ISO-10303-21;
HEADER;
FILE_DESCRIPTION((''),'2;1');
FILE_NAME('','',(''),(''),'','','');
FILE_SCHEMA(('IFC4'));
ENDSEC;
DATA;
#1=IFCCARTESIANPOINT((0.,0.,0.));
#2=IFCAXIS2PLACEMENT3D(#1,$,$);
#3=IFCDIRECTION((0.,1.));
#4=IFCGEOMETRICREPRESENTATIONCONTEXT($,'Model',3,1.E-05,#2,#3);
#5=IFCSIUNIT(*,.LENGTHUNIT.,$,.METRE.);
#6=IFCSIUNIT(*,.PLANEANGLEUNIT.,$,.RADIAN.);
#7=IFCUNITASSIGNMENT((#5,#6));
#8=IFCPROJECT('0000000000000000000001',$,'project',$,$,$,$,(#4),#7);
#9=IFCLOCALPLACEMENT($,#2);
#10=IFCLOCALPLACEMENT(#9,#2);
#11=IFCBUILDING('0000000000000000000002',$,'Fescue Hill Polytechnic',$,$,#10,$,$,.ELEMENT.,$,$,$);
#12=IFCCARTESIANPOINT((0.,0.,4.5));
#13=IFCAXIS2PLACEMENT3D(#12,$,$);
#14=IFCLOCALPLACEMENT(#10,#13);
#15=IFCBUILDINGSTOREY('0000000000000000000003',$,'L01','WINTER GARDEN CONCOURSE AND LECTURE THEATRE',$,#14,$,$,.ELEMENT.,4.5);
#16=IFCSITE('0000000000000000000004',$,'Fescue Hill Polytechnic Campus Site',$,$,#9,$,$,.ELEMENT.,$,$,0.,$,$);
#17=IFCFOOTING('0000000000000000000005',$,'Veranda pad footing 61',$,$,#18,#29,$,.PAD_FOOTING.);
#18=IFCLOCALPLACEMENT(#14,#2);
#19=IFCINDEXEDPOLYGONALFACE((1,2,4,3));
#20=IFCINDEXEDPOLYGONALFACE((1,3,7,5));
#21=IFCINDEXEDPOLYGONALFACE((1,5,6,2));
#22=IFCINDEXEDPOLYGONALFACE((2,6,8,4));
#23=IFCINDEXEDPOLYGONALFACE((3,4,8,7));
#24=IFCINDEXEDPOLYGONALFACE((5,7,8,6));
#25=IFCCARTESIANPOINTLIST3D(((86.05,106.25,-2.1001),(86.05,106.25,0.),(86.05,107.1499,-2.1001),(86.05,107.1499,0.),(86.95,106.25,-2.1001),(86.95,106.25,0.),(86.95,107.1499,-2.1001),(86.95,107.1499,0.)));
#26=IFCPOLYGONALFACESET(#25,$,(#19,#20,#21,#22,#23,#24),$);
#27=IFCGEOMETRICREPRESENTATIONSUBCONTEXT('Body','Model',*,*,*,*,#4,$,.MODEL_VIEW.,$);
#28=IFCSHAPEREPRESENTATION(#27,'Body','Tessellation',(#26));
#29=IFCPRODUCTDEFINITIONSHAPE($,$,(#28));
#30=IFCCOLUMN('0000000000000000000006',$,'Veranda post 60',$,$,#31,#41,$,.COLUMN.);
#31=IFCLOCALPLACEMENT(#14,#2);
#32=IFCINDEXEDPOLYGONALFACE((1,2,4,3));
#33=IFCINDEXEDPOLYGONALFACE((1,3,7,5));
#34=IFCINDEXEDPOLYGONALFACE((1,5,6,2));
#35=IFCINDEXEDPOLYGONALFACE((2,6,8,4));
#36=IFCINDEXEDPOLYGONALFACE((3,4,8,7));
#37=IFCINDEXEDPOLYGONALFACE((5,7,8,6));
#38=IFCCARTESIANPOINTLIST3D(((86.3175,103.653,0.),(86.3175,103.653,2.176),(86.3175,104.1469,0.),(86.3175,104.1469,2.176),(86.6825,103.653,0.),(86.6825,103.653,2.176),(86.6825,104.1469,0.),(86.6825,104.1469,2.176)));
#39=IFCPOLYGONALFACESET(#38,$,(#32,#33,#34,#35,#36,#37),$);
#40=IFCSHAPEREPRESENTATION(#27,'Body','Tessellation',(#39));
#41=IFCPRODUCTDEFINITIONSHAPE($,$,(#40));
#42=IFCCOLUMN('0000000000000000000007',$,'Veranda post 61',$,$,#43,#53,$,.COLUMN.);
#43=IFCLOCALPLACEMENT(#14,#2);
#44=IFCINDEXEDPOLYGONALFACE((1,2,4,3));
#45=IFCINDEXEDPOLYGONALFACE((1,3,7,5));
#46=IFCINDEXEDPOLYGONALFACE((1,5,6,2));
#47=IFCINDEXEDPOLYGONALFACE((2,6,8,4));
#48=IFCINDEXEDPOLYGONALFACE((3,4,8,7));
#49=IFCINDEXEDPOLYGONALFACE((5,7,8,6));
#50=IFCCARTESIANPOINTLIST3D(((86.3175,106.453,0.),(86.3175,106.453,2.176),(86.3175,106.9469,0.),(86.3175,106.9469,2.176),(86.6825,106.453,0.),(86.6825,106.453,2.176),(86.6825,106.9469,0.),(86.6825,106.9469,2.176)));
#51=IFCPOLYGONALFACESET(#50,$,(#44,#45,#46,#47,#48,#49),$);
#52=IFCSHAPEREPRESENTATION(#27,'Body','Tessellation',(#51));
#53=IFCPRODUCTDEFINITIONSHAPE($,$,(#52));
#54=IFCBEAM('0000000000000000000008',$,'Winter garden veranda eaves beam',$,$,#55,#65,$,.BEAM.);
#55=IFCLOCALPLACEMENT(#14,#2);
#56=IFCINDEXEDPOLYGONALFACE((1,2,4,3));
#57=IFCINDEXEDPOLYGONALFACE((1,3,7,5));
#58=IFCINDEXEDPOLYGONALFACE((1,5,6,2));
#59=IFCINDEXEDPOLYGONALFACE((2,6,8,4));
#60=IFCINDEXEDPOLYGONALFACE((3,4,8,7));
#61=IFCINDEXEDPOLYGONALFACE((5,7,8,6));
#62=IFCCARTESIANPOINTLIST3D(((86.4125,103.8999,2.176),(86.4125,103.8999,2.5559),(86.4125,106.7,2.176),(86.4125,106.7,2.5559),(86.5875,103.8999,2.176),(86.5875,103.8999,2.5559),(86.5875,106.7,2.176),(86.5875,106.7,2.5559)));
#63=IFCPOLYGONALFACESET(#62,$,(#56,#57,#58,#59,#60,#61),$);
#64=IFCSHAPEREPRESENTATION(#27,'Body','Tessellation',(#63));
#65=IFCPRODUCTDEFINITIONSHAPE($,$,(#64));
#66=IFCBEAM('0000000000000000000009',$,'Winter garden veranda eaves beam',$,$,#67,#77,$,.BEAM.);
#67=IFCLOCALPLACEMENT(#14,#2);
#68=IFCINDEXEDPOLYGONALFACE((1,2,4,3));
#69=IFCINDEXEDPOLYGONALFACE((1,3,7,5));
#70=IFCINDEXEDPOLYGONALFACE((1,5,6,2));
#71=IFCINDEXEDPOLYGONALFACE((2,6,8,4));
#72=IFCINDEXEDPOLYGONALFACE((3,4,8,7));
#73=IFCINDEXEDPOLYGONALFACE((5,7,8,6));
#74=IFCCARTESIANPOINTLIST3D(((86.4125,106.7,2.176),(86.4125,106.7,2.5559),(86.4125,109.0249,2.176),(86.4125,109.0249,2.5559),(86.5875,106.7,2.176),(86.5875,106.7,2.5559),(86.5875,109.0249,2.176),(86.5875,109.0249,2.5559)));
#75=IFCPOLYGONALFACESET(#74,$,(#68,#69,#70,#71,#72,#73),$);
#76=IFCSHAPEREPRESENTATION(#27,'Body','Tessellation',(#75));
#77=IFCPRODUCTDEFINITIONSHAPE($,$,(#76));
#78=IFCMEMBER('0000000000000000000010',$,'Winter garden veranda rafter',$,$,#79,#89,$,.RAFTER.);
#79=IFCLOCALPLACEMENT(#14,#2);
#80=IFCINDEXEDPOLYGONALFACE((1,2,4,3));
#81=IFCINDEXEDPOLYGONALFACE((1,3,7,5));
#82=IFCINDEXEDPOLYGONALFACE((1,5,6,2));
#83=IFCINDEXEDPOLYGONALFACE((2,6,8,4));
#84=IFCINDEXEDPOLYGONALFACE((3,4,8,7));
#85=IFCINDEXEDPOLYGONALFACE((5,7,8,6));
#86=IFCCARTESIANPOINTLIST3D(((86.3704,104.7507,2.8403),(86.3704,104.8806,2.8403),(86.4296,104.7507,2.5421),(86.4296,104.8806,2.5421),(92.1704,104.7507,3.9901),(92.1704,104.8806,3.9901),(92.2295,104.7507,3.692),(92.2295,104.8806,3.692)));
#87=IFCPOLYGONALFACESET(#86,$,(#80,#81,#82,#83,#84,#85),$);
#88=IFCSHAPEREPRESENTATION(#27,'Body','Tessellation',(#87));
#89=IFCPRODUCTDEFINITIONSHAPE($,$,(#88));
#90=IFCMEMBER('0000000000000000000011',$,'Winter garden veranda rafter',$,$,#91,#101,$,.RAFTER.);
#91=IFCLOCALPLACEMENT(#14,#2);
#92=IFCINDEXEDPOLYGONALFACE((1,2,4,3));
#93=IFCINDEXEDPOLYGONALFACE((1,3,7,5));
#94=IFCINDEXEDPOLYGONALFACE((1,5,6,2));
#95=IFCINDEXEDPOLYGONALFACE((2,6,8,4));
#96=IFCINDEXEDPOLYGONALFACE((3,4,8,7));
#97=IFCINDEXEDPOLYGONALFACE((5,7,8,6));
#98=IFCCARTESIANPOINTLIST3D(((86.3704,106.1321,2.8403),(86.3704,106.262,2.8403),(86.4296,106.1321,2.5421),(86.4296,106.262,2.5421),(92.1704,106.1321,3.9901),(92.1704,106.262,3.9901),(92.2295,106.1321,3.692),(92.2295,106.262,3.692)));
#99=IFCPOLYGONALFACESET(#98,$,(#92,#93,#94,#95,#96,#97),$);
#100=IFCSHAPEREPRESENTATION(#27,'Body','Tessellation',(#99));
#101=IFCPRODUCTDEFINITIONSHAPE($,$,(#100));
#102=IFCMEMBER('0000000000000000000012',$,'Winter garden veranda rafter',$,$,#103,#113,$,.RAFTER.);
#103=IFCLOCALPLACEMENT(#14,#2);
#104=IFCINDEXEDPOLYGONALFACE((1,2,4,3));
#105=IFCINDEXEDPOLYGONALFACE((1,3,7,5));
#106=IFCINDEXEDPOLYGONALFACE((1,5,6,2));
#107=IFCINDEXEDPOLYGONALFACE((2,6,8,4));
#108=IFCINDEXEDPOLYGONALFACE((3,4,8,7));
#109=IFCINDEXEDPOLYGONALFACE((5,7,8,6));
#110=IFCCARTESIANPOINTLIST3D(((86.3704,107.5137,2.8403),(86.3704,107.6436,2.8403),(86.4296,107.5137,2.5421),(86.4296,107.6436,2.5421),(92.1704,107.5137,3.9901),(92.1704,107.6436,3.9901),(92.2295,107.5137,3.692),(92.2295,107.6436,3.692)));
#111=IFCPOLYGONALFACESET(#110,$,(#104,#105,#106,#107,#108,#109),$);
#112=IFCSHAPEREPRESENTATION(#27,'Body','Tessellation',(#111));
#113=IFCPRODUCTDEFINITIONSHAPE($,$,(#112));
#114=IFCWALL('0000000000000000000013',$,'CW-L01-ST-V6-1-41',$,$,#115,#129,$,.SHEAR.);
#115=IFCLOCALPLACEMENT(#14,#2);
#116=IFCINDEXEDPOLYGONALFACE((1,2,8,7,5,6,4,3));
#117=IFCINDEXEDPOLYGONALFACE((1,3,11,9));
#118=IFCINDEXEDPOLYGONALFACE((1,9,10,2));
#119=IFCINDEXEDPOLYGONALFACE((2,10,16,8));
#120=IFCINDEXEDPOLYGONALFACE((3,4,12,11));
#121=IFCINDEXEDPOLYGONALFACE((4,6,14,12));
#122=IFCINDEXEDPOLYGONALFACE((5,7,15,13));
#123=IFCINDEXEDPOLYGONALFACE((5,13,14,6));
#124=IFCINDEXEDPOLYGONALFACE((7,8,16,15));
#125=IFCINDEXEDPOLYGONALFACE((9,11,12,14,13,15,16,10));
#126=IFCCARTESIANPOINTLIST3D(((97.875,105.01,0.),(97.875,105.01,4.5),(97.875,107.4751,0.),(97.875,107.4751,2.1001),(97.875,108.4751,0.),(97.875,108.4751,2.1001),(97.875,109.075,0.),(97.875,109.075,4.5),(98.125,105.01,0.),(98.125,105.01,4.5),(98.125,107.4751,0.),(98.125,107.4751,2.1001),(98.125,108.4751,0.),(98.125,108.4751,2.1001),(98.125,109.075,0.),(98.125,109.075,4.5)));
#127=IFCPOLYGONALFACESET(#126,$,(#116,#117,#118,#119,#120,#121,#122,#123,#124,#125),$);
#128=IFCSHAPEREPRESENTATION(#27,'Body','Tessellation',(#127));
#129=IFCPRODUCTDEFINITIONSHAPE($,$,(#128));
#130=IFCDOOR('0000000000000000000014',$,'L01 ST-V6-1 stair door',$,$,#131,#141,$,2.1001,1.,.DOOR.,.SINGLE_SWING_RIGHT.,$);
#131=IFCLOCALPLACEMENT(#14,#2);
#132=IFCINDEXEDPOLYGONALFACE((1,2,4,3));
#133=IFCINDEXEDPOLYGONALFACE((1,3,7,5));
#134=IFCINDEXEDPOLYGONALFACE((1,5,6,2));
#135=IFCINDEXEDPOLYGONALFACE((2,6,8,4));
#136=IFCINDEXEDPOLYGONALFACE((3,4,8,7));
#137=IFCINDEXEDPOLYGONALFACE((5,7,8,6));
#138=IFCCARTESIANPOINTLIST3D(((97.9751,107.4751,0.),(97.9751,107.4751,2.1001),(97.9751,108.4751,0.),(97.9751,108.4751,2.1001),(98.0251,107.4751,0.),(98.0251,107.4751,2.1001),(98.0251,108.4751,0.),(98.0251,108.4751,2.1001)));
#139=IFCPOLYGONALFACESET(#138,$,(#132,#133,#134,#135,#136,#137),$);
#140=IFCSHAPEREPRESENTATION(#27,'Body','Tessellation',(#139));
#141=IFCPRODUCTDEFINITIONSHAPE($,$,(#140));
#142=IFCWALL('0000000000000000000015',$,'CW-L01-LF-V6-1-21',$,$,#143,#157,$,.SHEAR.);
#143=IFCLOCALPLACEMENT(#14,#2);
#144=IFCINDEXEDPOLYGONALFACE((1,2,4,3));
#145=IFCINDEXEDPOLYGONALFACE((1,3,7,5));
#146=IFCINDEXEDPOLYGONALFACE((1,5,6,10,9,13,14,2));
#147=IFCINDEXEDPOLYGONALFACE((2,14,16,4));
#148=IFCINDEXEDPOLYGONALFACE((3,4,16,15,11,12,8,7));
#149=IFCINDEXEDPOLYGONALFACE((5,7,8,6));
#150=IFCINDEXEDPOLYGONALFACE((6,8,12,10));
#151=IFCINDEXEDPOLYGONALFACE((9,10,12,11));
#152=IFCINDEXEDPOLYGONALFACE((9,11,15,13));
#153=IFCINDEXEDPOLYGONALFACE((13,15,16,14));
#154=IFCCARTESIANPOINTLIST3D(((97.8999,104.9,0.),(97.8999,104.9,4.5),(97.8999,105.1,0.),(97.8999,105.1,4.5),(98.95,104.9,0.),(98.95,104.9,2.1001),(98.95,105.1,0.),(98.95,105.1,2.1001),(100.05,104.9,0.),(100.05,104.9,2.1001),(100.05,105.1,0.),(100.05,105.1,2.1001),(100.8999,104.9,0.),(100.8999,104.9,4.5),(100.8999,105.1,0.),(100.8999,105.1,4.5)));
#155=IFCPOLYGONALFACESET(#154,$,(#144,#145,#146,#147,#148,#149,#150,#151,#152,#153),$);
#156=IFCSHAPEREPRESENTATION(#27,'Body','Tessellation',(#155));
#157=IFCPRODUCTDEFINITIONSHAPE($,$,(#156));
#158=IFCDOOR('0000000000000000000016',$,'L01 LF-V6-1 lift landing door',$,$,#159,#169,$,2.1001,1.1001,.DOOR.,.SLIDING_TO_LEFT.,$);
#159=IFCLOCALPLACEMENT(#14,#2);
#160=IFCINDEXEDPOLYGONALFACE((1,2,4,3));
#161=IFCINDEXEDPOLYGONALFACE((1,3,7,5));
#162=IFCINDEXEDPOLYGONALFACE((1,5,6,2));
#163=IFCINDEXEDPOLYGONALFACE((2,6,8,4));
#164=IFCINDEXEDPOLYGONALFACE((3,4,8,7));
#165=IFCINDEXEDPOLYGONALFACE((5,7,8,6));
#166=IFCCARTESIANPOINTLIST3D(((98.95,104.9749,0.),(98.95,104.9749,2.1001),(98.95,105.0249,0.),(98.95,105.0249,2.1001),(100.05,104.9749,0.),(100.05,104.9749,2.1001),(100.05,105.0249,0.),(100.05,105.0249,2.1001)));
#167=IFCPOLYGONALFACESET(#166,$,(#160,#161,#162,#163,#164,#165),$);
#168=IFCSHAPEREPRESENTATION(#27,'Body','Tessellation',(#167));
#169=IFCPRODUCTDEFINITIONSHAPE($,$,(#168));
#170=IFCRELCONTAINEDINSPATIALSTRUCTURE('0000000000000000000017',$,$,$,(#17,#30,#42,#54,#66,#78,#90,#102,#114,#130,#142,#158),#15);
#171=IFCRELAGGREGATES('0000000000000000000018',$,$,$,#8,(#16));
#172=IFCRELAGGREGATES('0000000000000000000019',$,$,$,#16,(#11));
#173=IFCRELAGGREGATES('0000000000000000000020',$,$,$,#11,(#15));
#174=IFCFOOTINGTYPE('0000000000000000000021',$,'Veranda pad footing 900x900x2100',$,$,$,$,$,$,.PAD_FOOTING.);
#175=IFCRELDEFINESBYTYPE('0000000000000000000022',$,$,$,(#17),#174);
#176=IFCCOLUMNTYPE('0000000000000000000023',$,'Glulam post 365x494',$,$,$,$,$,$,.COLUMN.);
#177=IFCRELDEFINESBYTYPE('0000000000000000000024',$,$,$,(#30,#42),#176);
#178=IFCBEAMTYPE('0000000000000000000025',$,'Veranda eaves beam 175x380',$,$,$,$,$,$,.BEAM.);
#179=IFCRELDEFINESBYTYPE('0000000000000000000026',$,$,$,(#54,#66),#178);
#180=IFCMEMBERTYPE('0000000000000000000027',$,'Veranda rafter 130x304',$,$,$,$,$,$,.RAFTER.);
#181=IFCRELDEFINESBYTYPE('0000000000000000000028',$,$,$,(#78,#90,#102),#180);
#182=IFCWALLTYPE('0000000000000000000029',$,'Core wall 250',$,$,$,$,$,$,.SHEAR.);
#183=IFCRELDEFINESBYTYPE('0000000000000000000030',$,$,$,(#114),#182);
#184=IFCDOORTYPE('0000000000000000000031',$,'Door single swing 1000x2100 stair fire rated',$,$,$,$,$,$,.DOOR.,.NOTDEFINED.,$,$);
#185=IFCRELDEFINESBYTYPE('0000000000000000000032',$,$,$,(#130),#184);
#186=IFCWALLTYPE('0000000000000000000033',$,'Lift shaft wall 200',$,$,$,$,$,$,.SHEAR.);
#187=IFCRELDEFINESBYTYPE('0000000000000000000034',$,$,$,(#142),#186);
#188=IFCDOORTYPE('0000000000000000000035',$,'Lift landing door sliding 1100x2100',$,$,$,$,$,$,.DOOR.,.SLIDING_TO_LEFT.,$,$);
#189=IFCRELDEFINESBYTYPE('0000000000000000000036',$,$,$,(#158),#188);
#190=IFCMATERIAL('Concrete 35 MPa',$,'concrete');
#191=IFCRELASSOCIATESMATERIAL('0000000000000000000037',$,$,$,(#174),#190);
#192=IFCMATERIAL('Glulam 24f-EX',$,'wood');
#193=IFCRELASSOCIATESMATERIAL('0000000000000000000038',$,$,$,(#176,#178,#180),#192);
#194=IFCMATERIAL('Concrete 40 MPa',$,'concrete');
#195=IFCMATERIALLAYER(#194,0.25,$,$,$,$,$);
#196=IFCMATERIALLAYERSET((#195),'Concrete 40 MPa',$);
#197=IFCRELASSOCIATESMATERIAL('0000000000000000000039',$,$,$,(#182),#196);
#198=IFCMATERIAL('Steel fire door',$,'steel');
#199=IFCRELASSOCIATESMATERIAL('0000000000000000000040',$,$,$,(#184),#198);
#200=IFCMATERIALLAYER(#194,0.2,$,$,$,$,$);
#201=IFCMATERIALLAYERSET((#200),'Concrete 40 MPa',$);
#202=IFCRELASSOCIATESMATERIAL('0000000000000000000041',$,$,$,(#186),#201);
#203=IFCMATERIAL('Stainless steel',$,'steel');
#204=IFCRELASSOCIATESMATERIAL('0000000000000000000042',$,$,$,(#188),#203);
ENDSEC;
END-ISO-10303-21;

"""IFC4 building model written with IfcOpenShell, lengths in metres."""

from ifc_helpers import new_model, si_unit, direction, frame, frame_2d, origin, origin_2d, place, context, subcontext, project, spatial, rectangle, extrude, material, layer, layer_set, material_profile, profile_set, type_object, element, fill, save


model = new_model("IFC4")

# Units and contexts
model_context = context("Model", 3, precision=1e-05, world=origin(), true_north=direction((0.0, 1.0)))
body_context = subcontext(model_context, "Body", "Model", "MODEL_VIEW")
ifc_project = project(units=[si_unit("LENGTHUNIT", "METRE"), si_unit("PLANEANGLEUNIT", "RADIAN")], contexts=[model_context])

# Site, building, storey
site_placement = place(None, origin())
site = spatial("IfcSite", under=ifc_project, at=site_placement, Name="Fescue Hill Polytechnic Campus Site", CompositionType="ELEMENT", RefElevation=0.0)
building_placement = place(site_placement, origin())
building = spatial("IfcBuilding", under=site, at=building_placement, Name="Fescue Hill Polytechnic", CompositionType="ELEMENT")
storey_placement = place(building_placement, frame((0.0, 0.0, 4.5)))
storey = spatial("IfcBuildingStorey", under=building, at=storey_placement, Name="L01", Description="WINTER GARDEN CONCOURSE AND LECTURE THEATRE", CompositionType="ELEMENT", Elevation=4.5)

# Footing
ifc_material_1 = material(Name="Concrete 35 MPa", Category="concrete")
footing_type = type_object("IfcFootingType", Name="Veranda pad footing 900x900x2100", PredefinedType="PAD_FOOTING", material=ifc_material_1)
footing_placement = place(storey_placement, frame((86.5, 106.7, -2.1001), z_axis=(0.0, 0.0, 1.0), x_axis=(1.0, 0.0, 0.0)))
element("IfcFooting", 1, at=footing_placement, inside=storey, type_object=footing_type, Name="Veranda pad footing 61", PredefinedType="PAD_FOOTING", context=body_context, shape_type="SweptSolid", body=[
    extrude(rectangle(XDim=0.8999, YDim=0.8999, at=origin_2d()), origin(), (0.0, 0.0, 1.0), 2.1001),
])

# Columns
ifc_material_2 = material(Name="Glulam 24f-EX", Category="wood")
ifc_material_profile_1 = material_profile(ifc_material_2, rectangle(XDim=0.365, YDim=0.4939, at=origin_2d()), Name="Glulam post 365x494")
ifc_profile_set_1 = profile_set([ifc_material_profile_1], Name="Glulam 24f-EX")
column_type = type_object("IfcColumnType", Name="Glulam post 365x494", PredefinedType="COLUMN", material=ifc_profile_set_1)
for number, where, z_axis, x_axis, name in (
    (2, (86.5, 103.8999, 0.0), (0.0, 0.0, 1.0), (1.0, 0.0, 0.0), "Veranda post 60"),
    (3, (86.5, 106.7, 0.0), (0.0, 0.0, 1.0), (1.0, 0.0, 0.0), "Veranda post 61"),
):
    element("IfcColumn", number, at=place(storey_placement, frame(where, z_axis=z_axis, x_axis=x_axis)), inside=storey, type_object=column_type, Name=name, PredefinedType="COLUMN", context=body_context, shape_type="SweptSolid", body=[
        extrude(rectangle(XDim=0.365, YDim=0.4939, at=origin_2d()), origin(), (0.0, 0.0, 1.0), 2.176),
    ])

# Beams
ifc_material_profile_2 = material_profile(ifc_material_2, rectangle(XDim=0.175, YDim=0.3799, at=origin_2d()), Name="Veranda eaves beam 175x380")
ifc_profile_set_2 = profile_set([ifc_material_profile_2], Name="Glulam 24f-EX")
beam_type = type_object("IfcBeamType", Name="Veranda eaves beam 175x380", PredefinedType="BEAM", material=ifc_profile_set_2)
beam_1_placement = place(storey_placement, frame((86.5, 103.8999, 2.366), z_axis=(0.0, 1.0, 0.0), x_axis=(-1.0, 0.0, 0.0)))
element("IfcBeam", 4, at=beam_1_placement, inside=storey, type_object=beam_type, Name="Winter garden veranda eaves beam", PredefinedType="BEAM", context=body_context, shape_type="SweptSolid", body=[
    extrude(rectangle(XDim=0.175, YDim=0.3799, at=origin_2d()), origin(), (0.0, 0.0, 1.0), 2.8),
])
beam_2_placement = place(storey_placement, frame((86.5, 106.7, 2.366), z_axis=(0.0, 1.0, 0.0), x_axis=(-1.0, 0.0, 0.0)))
element("IfcBeam", 5, at=beam_2_placement, inside=storey, type_object=beam_type, Name="Winter garden veranda eaves beam", PredefinedType="BEAM", context=body_context, shape_type="SweptSolid", body=[
    extrude(rectangle(XDim=0.175, YDim=0.3799, at=origin_2d()), origin(), (0.0, 0.0, 1.0), 2.325),
])

# Members
ifc_material_profile_3 = material_profile(ifc_material_2, rectangle(XDim=0.1299, YDim=0.304, at=origin_2d()), Name="Veranda rafter 130x304")
ifc_profile_set_3 = profile_set([ifc_material_profile_3], Name="Glulam 24f-EX")
member_type = type_object("IfcMemberType", Name="Veranda rafter 130x304", PredefinedType="RAFTER", material=ifc_profile_set_3)
for number, where, z_axis, x_axis, name in (
    (6, (92.2, 104.8157, 3.8411), (-0.980908, 0.0, -0.194472), (0.0, -1.0, 0.0), "Winter garden veranda rafter"),
    (7, (92.2, 106.197, 3.8411), (-0.980908, 0.0, -0.194472), (0.0, -1.0, 0.0), "Winter garden veranda rafter"),
    (8, (92.2, 107.5786, 3.8411), (-0.980908, 0.0, -0.194472), (0.0, -1.0, 0.0), "Winter garden veranda rafter"),
):
    element("IfcMember", number, at=place(storey_placement, frame(where, z_axis=z_axis, x_axis=x_axis)), inside=storey, type_object=member_type, Name=name, PredefinedType="RAFTER", context=body_context, shape_type="SweptSolid", body=[
        extrude(rectangle(XDim=0.1299, YDim=0.304, at=origin_2d()), origin(), (0.0, 0.0, 1.0), 5.9128),
    ])

# Walls, openings, doors
ifc_material_3 = material(Name="Concrete 40 MPa", Category="concrete")
ifc_layer_1 = layer(ifc_material_3, 0.25)
ifc_layer_set_1 = layer_set([ifc_layer_1], Name="Concrete 40 MPa")
wall_type_1 = type_object("IfcWallType", Name="Core wall 250", PredefinedType="SHEAR", material=ifc_layer_set_1)
wall_1_placement = place(storey_placement, frame((98.0, 105.01, 0.0), z_axis=(0.0, 0.0, 1.0), x_axis=(0.0, 1.0, 0.0)))
wall_1 = element("IfcWall", 9, at=wall_1_placement, inside=storey, type_object=wall_type_1, Name="CW-L01-ST-V6-1-41", PredefinedType="SHEAR", context=body_context, shape_type="SweptSolid", body=[
    extrude(rectangle(XDim=4.0649, YDim=0.25, at=frame_2d((2.0325, 0.0))), origin(), (0.0, 0.0, 1.0), 4.5),
])
opening_1_placement = place(wall_1_placement, frame((2.4651, 0.0, 0.0)))
opening_1 = element("IfcOpeningElement", 10, at=opening_1_placement, cuts=wall_1, PredefinedType="OPENING", context=body_context, shape_type="SweptSolid", body=[
    extrude(rectangle(XDim=1.0, YDim=2.1001, at=frame_2d((0.5, 1.05))), frame((0.0, 0.135, 0.0), z_axis=(0.0, -1.0, 0.0), x_axis=(1.0, 0.0, 0.0)), (0.0, 0.0, 1.0), 0.27),
])
ifc_material_4 = material(Name="Steel fire door", Category="steel")
door_type_1 = type_object("IfcDoorType", Name="Door single swing 1000x2100 stair fire rated", OperationType="NOTDEFINED", PredefinedType="DOOR", material=ifc_material_4)
door_1_placement = place(opening_1_placement, origin())
door_1 = element("IfcDoor", 11, at=door_1_placement, inside=storey, type_object=door_type_1, Name="L01 ST-V6-1 stair door", OperationType="SINGLE_SWING_RIGHT", OverallHeight=2.1001, OverallWidth=1.0, PredefinedType="DOOR", context=body_context, shape_type="SweptSolid", body=[
    extrude(rectangle(XDim=1.0, YDim=2.1001, at=frame_2d((0.5, 1.05))), frame((0.0, 0.0249, 0.0), z_axis=(0.0, -1.0, 0.0), x_axis=(1.0, 0.0, 0.0)), (0.0, 0.0, 1.0), 0.05),
])
fill(opening_1, door_1)
ifc_layer_2 = layer(ifc_material_3, 0.2)
ifc_layer_set_2 = layer_set([ifc_layer_2], Name="Concrete 40 MPa")
wall_type_2 = type_object("IfcWallType", Name="Lift shaft wall 200", PredefinedType="SHEAR", material=ifc_layer_set_2)
wall_2_placement = place(storey_placement, frame((97.8999, 105.0, 0.0), z_axis=(0.0, 0.0, 1.0), x_axis=(1.0, 0.0, 0.0)))
wall_2 = element("IfcWall", 12, at=wall_2_placement, inside=storey, type_object=wall_type_2, Name="CW-L01-LF-V6-1-21", PredefinedType="SHEAR", context=body_context, shape_type="SweptSolid", body=[
    extrude(rectangle(XDim=3.0, YDim=0.2, at=frame_2d((1.5, 0.0))), origin(), (0.0, 0.0, 1.0), 4.5),
])
opening_2_placement = place(wall_2_placement, frame((1.05, 0.0, 0.0)))
opening_2 = element("IfcOpeningElement", 13, at=opening_2_placement, cuts=wall_2, PredefinedType="OPENING", context=body_context, shape_type="SweptSolid", body=[
    extrude(rectangle(XDim=1.1001, YDim=2.1001, at=frame_2d((0.55, 1.05))), frame((0.0, 0.1099, 0.0), z_axis=(0.0, -1.0, 0.0), x_axis=(1.0, 0.0, 0.0)), (0.0, 0.0, 1.0), 0.22),
])
ifc_material_5 = material(Name="Stainless steel", Category="steel")
door_type_2 = type_object("IfcDoorType", Name="Lift landing door sliding 1100x2100", OperationType="SLIDING_TO_LEFT", PredefinedType="DOOR", material=ifc_material_5)
door_2_placement = place(opening_2_placement, origin())
door_2 = element("IfcDoor", 14, at=door_2_placement, inside=storey, type_object=door_type_2, Name="L01 LF-V6-1 lift landing door", OperationType="SLIDING_TO_LEFT", OverallHeight=2.1001, OverallWidth=1.1001, PredefinedType="DOOR", context=body_context, shape_type="SweptSolid", body=[
    extrude(rectangle(XDim=1.1001, YDim=2.1001, at=frame_2d((0.55, 1.05))), frame((0.0, 0.0249, 0.0), z_axis=(0.0, -1.0, 0.0), x_axis=(1.0, 0.0, 0.0)), (0.0, 0.0, 1.0), 0.05),
])
fill(opening_2, door_2)

save(model, "model.ifc")
